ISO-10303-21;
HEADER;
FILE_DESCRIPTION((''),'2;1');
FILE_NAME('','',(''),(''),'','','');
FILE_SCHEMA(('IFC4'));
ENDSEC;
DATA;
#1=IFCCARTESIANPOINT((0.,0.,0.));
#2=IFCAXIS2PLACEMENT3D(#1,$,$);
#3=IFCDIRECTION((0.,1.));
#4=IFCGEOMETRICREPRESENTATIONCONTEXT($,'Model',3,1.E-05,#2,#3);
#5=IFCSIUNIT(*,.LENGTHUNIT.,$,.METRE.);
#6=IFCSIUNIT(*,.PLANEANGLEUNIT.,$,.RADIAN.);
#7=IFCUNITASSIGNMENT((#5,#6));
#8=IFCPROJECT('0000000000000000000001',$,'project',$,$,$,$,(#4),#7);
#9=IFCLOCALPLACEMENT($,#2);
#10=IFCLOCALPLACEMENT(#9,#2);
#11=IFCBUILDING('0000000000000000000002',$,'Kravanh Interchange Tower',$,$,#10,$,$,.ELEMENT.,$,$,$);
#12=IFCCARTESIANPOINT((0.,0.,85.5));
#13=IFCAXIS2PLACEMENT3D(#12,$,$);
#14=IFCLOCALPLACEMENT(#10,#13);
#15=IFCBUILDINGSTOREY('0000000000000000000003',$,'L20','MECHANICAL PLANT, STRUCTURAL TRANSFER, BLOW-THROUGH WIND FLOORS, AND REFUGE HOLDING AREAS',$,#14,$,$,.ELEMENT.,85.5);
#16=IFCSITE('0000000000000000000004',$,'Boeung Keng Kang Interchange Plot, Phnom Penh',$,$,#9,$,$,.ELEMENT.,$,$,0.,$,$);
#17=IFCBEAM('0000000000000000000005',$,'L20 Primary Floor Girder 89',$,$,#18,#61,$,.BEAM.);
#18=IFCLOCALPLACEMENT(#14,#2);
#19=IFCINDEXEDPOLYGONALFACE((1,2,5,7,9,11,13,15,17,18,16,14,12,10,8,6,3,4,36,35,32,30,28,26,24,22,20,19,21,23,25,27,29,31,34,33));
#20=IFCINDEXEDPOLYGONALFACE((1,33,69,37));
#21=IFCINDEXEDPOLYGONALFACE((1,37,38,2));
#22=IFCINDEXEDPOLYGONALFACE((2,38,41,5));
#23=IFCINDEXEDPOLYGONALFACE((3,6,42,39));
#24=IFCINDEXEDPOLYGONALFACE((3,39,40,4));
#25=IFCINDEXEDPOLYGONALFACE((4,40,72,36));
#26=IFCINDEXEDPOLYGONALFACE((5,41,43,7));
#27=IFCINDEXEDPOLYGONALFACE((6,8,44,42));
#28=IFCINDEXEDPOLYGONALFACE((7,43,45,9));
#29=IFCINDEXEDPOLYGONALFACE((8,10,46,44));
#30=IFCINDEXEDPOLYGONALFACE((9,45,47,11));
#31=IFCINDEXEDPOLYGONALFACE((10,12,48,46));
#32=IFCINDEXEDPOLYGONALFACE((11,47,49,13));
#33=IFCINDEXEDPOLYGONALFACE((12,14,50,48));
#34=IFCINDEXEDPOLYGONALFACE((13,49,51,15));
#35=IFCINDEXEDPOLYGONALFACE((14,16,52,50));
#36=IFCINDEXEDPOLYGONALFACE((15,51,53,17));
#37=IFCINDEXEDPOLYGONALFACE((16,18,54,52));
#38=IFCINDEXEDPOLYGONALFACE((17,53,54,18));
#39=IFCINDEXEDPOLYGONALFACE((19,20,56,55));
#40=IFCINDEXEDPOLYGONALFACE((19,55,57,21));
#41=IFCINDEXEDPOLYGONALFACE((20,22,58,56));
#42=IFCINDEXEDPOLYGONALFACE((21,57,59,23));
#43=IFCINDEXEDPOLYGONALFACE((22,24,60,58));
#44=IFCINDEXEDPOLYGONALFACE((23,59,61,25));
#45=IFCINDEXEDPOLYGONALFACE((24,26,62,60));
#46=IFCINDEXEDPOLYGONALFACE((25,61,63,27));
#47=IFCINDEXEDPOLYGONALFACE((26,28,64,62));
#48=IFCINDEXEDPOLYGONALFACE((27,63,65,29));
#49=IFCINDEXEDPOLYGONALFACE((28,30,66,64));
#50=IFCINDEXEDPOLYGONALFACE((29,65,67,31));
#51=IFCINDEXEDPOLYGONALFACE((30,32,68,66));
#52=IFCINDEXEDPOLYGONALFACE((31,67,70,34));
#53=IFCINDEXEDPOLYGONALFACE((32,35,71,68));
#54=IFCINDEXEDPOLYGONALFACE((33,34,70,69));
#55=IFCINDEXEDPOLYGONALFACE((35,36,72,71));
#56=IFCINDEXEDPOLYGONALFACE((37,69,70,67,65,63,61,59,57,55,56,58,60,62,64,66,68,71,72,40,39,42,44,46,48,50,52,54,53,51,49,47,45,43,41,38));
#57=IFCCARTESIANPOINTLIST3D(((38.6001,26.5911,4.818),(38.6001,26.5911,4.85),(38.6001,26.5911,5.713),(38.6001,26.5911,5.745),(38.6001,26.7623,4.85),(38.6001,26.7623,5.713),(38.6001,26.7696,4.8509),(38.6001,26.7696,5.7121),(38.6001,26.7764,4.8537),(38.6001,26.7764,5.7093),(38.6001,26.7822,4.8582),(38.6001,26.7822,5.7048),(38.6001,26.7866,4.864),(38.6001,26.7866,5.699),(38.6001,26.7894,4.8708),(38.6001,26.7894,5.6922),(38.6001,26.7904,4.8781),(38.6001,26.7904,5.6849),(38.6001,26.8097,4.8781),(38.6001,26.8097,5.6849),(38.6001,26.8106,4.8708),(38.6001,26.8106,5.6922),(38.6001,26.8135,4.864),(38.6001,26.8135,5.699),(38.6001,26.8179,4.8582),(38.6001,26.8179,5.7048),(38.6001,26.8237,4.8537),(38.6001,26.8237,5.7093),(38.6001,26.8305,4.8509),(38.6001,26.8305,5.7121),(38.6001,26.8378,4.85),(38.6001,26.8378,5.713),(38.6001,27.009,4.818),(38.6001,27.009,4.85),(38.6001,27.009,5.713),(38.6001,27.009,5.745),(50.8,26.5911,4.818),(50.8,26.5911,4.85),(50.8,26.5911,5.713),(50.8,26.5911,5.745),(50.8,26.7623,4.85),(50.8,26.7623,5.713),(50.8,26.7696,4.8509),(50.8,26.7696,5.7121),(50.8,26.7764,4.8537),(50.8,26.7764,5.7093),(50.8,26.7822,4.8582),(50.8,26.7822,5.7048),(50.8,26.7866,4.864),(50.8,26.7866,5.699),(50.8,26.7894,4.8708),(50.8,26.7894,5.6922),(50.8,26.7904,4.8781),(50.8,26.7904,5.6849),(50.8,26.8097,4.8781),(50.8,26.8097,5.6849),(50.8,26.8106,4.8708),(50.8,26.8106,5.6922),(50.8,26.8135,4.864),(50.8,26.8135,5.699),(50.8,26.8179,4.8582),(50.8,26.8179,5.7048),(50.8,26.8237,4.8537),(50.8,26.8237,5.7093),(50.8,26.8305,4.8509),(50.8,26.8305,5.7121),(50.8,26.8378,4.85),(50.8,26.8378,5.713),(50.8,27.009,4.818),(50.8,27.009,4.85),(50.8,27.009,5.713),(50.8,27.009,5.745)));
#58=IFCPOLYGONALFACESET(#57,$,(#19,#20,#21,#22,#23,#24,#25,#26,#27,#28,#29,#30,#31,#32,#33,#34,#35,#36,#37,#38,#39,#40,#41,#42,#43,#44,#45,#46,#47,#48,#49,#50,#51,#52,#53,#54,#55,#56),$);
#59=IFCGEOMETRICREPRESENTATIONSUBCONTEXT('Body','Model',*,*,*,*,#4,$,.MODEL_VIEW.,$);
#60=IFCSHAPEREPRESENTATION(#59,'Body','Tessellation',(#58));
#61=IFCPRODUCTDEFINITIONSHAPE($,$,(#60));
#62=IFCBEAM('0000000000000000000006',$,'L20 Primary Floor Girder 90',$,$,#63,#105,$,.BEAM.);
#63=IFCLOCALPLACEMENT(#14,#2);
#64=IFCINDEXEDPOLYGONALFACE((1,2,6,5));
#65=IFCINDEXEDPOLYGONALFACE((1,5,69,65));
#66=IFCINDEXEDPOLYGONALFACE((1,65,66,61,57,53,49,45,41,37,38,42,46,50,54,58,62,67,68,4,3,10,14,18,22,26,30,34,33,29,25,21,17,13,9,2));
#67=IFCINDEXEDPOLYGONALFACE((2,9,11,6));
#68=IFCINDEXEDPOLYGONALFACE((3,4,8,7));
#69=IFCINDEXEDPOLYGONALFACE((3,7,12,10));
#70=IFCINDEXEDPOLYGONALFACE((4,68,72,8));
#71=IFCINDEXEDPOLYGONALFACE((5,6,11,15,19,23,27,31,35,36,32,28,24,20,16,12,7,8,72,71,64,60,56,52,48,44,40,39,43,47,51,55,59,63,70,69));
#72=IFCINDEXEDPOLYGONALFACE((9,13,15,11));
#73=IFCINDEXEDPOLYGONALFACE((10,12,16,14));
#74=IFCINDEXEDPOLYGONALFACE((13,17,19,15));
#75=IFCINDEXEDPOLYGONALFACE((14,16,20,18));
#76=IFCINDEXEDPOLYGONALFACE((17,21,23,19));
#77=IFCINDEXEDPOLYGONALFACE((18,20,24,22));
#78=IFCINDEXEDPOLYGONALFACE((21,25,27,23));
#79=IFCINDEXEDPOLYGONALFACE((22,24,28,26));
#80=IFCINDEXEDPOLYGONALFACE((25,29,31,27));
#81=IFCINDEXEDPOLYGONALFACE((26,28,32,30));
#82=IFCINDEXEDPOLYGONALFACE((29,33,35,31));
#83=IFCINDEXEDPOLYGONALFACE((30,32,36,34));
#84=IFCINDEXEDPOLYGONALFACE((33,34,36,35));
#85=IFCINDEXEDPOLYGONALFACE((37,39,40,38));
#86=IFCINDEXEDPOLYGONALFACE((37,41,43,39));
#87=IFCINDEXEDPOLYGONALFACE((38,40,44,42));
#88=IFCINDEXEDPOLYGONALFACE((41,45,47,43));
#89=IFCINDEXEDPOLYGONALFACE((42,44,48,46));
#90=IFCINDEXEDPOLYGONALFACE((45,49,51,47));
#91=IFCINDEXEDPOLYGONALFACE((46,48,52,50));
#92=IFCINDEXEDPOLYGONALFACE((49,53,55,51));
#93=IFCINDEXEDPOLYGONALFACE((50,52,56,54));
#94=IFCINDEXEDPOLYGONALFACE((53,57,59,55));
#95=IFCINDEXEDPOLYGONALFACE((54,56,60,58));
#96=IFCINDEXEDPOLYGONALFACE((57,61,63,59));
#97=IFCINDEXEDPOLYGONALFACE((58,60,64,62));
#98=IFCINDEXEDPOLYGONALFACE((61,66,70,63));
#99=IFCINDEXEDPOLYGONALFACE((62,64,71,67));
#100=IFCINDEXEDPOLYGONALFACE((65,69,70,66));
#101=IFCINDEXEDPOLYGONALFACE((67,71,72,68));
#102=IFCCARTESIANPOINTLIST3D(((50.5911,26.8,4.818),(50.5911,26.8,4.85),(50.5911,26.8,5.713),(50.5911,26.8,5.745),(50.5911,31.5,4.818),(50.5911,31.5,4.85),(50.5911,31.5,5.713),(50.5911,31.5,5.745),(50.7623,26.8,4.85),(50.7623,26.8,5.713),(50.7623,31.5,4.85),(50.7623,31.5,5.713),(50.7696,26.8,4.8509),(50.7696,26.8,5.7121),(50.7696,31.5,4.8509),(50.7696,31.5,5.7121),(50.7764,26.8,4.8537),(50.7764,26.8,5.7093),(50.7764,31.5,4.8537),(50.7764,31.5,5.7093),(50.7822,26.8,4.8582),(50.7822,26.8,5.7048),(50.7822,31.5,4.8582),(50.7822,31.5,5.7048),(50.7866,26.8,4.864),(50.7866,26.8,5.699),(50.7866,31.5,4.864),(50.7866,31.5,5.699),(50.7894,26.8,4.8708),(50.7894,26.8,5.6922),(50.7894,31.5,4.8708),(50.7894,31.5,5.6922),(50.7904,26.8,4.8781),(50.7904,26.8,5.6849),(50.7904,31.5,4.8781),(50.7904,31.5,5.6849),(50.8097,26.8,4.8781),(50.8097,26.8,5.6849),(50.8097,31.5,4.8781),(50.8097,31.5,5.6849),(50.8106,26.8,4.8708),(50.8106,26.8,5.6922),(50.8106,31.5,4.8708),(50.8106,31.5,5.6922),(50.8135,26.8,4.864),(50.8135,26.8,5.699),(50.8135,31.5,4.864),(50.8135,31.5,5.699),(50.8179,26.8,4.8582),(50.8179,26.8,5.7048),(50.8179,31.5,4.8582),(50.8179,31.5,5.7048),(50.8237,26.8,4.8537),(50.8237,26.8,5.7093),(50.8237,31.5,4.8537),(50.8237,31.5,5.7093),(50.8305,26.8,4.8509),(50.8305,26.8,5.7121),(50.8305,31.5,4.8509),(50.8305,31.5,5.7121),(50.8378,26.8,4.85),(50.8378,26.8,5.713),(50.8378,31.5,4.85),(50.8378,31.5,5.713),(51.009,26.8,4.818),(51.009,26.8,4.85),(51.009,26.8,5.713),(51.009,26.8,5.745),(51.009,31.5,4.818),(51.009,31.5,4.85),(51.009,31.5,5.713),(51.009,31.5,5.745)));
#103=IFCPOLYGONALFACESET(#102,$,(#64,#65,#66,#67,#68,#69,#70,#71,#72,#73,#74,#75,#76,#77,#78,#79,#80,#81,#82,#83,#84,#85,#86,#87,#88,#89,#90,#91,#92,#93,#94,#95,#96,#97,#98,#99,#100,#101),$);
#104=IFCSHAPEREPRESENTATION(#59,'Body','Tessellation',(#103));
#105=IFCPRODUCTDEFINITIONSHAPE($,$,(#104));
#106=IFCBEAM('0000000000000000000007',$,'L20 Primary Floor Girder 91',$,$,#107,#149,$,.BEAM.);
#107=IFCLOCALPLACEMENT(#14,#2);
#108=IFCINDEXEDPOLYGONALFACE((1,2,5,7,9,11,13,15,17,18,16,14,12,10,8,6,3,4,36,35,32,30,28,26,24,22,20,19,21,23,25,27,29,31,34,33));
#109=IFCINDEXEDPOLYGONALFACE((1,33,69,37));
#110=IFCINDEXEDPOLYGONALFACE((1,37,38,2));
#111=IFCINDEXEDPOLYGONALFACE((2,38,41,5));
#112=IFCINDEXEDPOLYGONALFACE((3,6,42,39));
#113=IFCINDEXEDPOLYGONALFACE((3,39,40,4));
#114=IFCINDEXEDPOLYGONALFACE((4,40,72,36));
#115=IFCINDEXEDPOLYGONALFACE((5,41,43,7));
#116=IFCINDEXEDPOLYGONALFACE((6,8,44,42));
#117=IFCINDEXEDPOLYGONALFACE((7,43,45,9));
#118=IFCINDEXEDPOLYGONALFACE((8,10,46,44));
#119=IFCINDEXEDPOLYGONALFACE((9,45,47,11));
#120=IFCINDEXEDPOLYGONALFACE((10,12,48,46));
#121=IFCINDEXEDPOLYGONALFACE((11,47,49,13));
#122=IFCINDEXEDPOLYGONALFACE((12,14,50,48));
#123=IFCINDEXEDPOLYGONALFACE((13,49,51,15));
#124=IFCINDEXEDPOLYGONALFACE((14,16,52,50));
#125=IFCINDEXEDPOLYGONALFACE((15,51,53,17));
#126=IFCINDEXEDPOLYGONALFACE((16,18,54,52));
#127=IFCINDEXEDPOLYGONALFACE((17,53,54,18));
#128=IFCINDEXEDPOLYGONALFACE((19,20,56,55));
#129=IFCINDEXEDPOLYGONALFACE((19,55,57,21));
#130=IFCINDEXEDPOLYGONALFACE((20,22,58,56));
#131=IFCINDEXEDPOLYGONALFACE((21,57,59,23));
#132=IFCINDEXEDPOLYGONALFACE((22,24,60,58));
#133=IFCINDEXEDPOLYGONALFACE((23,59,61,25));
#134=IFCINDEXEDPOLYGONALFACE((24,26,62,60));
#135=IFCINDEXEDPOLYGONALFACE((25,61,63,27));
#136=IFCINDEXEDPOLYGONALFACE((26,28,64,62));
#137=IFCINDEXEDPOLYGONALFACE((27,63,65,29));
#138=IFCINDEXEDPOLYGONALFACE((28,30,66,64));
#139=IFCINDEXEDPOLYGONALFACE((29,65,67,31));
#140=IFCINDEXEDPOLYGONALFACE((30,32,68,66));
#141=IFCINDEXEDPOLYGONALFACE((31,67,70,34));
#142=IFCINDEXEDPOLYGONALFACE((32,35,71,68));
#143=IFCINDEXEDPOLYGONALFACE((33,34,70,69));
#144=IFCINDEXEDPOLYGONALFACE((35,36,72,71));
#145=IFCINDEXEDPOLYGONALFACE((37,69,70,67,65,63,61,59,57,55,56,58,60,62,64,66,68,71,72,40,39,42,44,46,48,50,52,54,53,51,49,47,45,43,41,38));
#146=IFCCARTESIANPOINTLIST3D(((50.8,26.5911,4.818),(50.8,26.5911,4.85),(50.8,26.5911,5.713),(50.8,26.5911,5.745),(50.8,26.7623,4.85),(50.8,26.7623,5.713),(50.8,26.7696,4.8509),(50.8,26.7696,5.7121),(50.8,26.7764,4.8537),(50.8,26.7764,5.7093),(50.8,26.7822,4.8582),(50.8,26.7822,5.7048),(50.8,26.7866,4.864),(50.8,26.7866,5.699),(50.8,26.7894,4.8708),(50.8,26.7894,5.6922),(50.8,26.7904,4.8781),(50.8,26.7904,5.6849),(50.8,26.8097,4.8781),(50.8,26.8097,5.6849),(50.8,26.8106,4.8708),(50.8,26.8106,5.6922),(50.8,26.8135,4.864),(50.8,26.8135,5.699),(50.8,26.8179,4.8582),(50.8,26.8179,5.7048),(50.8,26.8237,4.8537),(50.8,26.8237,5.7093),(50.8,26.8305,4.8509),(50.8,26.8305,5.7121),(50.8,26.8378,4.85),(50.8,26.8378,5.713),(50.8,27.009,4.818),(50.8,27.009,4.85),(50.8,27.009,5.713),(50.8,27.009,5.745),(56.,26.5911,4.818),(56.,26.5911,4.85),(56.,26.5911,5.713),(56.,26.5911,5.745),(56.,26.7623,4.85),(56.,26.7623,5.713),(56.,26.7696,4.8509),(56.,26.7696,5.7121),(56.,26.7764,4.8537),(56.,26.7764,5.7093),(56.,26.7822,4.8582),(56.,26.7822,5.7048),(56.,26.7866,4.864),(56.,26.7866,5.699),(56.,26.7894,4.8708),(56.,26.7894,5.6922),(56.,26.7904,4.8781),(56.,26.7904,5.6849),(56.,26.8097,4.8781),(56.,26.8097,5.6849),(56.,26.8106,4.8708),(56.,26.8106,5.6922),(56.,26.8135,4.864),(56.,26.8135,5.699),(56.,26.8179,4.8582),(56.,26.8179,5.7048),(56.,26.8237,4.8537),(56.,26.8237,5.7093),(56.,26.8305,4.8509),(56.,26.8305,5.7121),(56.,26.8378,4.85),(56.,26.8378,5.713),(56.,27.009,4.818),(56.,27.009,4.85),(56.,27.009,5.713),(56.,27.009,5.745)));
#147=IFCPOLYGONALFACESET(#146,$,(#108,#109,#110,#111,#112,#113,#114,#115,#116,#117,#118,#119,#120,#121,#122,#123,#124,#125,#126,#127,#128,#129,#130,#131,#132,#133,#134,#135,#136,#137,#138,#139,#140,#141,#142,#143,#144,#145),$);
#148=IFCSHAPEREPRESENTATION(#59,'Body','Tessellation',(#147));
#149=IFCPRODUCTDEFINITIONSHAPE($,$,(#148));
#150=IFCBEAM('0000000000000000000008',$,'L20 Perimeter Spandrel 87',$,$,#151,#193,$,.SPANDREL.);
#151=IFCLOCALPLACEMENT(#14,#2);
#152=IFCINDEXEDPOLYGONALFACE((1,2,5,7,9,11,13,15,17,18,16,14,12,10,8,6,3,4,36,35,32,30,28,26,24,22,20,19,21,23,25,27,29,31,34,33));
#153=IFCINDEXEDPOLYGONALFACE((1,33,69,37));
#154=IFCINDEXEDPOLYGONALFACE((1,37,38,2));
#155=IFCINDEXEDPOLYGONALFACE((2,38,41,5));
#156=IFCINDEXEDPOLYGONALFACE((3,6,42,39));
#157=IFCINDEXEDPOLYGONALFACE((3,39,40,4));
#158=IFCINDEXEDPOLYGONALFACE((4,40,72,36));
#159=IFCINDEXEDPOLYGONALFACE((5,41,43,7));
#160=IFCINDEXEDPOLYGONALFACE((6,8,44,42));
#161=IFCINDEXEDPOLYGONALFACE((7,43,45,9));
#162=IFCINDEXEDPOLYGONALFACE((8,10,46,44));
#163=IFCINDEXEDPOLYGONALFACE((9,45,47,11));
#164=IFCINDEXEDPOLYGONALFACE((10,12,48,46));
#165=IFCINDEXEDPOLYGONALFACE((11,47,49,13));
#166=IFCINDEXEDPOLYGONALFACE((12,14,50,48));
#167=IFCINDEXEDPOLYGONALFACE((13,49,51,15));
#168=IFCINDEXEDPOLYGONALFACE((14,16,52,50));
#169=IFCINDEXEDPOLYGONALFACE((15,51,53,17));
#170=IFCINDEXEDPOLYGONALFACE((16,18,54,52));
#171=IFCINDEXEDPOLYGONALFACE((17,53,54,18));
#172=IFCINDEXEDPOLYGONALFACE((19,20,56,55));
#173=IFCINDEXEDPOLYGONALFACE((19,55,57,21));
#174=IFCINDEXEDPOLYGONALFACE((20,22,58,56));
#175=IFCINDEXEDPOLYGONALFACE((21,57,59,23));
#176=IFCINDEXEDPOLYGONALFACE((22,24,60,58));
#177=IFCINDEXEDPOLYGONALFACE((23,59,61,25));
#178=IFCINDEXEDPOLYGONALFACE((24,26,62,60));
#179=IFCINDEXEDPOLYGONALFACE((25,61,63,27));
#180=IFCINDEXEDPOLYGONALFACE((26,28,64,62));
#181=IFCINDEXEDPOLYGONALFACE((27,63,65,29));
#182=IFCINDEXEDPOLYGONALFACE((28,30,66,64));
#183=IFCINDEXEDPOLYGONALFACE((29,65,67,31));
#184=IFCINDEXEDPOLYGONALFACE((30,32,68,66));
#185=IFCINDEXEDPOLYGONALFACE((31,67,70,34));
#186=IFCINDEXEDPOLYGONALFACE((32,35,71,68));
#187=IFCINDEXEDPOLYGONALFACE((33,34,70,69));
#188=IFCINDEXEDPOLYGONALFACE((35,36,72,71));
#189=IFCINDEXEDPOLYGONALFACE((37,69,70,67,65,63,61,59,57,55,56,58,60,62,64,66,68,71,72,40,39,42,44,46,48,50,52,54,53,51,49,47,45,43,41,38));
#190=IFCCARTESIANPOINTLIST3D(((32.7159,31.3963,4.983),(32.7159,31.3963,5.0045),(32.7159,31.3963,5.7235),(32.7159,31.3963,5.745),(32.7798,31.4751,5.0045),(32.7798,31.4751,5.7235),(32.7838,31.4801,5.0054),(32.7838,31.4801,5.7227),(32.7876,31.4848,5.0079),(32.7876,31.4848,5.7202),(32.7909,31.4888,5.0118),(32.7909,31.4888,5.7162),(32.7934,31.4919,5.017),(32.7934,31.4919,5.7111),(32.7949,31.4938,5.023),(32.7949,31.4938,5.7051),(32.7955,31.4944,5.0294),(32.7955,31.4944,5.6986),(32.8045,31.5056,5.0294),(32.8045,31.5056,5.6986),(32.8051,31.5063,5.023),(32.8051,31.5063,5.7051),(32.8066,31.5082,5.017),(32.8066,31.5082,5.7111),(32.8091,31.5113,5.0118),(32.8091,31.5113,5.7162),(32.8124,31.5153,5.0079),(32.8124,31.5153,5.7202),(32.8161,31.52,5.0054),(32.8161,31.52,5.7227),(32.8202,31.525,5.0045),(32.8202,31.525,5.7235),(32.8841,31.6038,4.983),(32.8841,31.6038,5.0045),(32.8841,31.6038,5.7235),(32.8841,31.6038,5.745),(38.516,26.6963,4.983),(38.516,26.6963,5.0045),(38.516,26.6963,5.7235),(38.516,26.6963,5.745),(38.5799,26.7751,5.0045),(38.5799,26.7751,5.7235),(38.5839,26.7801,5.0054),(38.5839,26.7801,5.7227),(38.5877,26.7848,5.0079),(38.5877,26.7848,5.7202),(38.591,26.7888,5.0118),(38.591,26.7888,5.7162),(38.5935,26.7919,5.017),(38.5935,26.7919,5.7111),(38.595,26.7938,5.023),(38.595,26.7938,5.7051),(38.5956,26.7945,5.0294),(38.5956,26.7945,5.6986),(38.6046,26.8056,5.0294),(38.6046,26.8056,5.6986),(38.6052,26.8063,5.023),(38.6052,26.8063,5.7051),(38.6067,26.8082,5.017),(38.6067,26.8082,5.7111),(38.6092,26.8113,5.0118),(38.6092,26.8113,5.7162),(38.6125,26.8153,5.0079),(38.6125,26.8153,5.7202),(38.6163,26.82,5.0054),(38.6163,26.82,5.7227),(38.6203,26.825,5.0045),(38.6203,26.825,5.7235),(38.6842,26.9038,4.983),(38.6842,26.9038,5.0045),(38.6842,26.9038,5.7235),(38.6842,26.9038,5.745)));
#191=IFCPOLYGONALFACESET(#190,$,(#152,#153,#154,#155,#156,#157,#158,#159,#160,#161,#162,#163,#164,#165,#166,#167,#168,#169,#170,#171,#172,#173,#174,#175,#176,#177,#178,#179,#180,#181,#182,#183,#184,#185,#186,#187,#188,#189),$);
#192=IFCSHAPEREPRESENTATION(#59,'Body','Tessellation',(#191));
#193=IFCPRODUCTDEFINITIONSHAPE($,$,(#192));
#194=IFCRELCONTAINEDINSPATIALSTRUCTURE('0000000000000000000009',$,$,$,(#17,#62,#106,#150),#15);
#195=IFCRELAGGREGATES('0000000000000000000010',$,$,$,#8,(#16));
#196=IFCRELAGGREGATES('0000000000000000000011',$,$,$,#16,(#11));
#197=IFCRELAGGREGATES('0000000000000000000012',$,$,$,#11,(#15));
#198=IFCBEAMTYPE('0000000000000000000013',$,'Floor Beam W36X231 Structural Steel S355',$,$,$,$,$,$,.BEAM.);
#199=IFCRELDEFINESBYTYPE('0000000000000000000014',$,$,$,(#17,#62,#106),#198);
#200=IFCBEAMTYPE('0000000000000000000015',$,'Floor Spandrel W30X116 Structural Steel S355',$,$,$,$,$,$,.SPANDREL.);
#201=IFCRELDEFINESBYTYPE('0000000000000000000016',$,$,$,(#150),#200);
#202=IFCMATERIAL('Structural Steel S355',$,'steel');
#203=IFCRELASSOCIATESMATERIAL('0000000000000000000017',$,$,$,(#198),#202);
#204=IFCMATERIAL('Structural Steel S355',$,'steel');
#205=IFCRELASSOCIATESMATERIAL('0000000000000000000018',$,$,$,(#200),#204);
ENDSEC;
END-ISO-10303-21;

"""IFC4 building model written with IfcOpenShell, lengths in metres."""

from ifc_helpers import new_model, si_unit, direction, frame, origin, origin_2d, place, context, subcontext, project, spatial, i_section, extrude, material, material_profile, profile_set, type_object, element, save


model = new_model("IFC4")

# Units and contexts
model_context = context("Model", 3, precision=1e-05, world=origin(), true_north=direction((0.0, 1.0)))
body_context = subcontext(model_context, "Body", "Model", "MODEL_VIEW")
ifc_project = project(units=[si_unit("LENGTHUNIT", "METRE"), si_unit("PLANEANGLEUNIT", "RADIAN")], contexts=[model_context])

# Site, building, storey
site_placement = place(None, origin())
site = spatial("IfcSite", under=ifc_project, at=site_placement, Name="Boeung Keng Kang Interchange Plot, Phnom Penh", CompositionType="ELEMENT", RefElevation=0.0)
building_placement = place(site_placement, origin())
building = spatial("IfcBuilding", under=site, at=building_placement, Name="Kravanh Interchange Tower", CompositionType="ELEMENT")
storey_placement = place(building_placement, frame((0.0, 0.0, 85.5)))
storey = spatial("IfcBuildingStorey", under=building, at=storey_placement, Name="L20", Description="MECHANICAL PLANT, STRUCTURAL TRANSFER, BLOW-THROUGH WIND FLOORS, AND REFUGE HOLDING AREAS", CompositionType="ELEMENT", Elevation=85.5)

# Beams
ifc_material_1 = material(Name="Structural Steel S355", Category="steel")
ifc_material_profile_1 = material_profile(ifc_material_1, i_section(OverallWidth=0.418, OverallDepth=0.927, WebThickness=0.0193, FlangeThickness=0.032, FilletRadius=0.0281, at=origin_2d()), Name="W36X231")
ifc_profile_set_1 = profile_set([ifc_material_profile_1], Name="Structural Steel S355")
beam_type_1 = type_object("IfcBeamType", Name="Floor Beam W36X231 Structural Steel S355", PredefinedType="BEAM", material=ifc_profile_set_1)
beam_1_placement = place(storey_placement, frame((38.6001, 26.8, 5.2815), z_axis=(1.0, 0.0, 0.0), x_axis=(0.0, 1.0, 0.0)))
element("IfcBeam", 1, at=beam_1_placement, inside=storey, type_object=beam_type_1, Name="L20 Primary Floor Girder 89", PredefinedType="BEAM", context=body_context, shape_type="SweptSolid", body=[
    extrude(i_section(OverallWidth=0.418, OverallDepth=0.927, WebThickness=0.0193, FlangeThickness=0.032, FilletRadius=0.0281, at=origin_2d()), origin(), (0.0, 0.0, 1.0), 12.2),
])
beam_2_placement = place(storey_placement, frame((50.8, 26.8, 5.2815), z_axis=(0.0, 1.0, 0.0), x_axis=(-1.0, 0.0, 0.0)))
element("IfcBeam", 2, at=beam_2_placement, inside=storey, type_object=beam_type_1, Name="L20 Primary Floor Girder 90", PredefinedType="BEAM", context=body_context, shape_type="SweptSolid", body=[
    extrude(i_section(OverallWidth=0.418, OverallDepth=0.927, WebThickness=0.0193, FlangeThickness=0.032, FilletRadius=0.0281, at=origin_2d()), origin(), (0.0, 0.0, 1.0), 4.7),
])
beam_3_placement = place(storey_placement, frame((50.8, 26.8, 5.2815), z_axis=(1.0, 0.0, 0.0), x_axis=(0.0, 1.0, 0.0)))
element("IfcBeam", 3, at=beam_3_placement, inside=storey, type_object=beam_type_1, Name="L20 Primary Floor Girder 91", PredefinedType="BEAM", context=body_context, shape_type="SweptSolid", body=[
    extrude(i_section(OverallWidth=0.418, OverallDepth=0.927, WebThickness=0.0193, FlangeThickness=0.032, FilletRadius=0.0281, at=origin_2d()), origin(), (0.0, 0.0, 1.0), 5.2),
])
ifc_material_2 = material(Name="Structural Steel S355", Category="steel")
ifc_material_profile_2 = material_profile(ifc_material_2, i_section(OverallWidth=0.2671, OverallDepth=0.762, WebThickness=0.0144, FlangeThickness=0.0215, FilletRadius=0.0249, at=origin_2d()), Name="W30X116")
ifc_profile_set_2 = profile_set([ifc_material_profile_2], Name="Structural Steel S355")
beam_type_2 = type_object("IfcBeamType", Name="Floor Spandrel W30X116 Structural Steel S355", PredefinedType="SPANDREL", material=ifc_profile_set_2)
beam_4_placement = place(storey_placement, frame((38.6001, 26.8, 5.364), z_axis=(-0.776939, 0.629576, 0.0), x_axis=(-0.629576, -0.776939, 0.0)))
element("IfcBeam", 4, at=beam_4_placement, inside=storey, type_object=beam_type_2, Name="L20 Perimeter Spandrel 87", PredefinedType="SPANDREL", context=body_context, shape_type="SweptSolid", body=[
    extrude(i_section(OverallWidth=0.2671, OverallDepth=0.762, WebThickness=0.0144, FlangeThickness=0.0215, FilletRadius=0.0249, at=origin_2d()), origin(), (0.0, 0.0, 1.0), 7.4653),
])

save(model, "model.ifc")
